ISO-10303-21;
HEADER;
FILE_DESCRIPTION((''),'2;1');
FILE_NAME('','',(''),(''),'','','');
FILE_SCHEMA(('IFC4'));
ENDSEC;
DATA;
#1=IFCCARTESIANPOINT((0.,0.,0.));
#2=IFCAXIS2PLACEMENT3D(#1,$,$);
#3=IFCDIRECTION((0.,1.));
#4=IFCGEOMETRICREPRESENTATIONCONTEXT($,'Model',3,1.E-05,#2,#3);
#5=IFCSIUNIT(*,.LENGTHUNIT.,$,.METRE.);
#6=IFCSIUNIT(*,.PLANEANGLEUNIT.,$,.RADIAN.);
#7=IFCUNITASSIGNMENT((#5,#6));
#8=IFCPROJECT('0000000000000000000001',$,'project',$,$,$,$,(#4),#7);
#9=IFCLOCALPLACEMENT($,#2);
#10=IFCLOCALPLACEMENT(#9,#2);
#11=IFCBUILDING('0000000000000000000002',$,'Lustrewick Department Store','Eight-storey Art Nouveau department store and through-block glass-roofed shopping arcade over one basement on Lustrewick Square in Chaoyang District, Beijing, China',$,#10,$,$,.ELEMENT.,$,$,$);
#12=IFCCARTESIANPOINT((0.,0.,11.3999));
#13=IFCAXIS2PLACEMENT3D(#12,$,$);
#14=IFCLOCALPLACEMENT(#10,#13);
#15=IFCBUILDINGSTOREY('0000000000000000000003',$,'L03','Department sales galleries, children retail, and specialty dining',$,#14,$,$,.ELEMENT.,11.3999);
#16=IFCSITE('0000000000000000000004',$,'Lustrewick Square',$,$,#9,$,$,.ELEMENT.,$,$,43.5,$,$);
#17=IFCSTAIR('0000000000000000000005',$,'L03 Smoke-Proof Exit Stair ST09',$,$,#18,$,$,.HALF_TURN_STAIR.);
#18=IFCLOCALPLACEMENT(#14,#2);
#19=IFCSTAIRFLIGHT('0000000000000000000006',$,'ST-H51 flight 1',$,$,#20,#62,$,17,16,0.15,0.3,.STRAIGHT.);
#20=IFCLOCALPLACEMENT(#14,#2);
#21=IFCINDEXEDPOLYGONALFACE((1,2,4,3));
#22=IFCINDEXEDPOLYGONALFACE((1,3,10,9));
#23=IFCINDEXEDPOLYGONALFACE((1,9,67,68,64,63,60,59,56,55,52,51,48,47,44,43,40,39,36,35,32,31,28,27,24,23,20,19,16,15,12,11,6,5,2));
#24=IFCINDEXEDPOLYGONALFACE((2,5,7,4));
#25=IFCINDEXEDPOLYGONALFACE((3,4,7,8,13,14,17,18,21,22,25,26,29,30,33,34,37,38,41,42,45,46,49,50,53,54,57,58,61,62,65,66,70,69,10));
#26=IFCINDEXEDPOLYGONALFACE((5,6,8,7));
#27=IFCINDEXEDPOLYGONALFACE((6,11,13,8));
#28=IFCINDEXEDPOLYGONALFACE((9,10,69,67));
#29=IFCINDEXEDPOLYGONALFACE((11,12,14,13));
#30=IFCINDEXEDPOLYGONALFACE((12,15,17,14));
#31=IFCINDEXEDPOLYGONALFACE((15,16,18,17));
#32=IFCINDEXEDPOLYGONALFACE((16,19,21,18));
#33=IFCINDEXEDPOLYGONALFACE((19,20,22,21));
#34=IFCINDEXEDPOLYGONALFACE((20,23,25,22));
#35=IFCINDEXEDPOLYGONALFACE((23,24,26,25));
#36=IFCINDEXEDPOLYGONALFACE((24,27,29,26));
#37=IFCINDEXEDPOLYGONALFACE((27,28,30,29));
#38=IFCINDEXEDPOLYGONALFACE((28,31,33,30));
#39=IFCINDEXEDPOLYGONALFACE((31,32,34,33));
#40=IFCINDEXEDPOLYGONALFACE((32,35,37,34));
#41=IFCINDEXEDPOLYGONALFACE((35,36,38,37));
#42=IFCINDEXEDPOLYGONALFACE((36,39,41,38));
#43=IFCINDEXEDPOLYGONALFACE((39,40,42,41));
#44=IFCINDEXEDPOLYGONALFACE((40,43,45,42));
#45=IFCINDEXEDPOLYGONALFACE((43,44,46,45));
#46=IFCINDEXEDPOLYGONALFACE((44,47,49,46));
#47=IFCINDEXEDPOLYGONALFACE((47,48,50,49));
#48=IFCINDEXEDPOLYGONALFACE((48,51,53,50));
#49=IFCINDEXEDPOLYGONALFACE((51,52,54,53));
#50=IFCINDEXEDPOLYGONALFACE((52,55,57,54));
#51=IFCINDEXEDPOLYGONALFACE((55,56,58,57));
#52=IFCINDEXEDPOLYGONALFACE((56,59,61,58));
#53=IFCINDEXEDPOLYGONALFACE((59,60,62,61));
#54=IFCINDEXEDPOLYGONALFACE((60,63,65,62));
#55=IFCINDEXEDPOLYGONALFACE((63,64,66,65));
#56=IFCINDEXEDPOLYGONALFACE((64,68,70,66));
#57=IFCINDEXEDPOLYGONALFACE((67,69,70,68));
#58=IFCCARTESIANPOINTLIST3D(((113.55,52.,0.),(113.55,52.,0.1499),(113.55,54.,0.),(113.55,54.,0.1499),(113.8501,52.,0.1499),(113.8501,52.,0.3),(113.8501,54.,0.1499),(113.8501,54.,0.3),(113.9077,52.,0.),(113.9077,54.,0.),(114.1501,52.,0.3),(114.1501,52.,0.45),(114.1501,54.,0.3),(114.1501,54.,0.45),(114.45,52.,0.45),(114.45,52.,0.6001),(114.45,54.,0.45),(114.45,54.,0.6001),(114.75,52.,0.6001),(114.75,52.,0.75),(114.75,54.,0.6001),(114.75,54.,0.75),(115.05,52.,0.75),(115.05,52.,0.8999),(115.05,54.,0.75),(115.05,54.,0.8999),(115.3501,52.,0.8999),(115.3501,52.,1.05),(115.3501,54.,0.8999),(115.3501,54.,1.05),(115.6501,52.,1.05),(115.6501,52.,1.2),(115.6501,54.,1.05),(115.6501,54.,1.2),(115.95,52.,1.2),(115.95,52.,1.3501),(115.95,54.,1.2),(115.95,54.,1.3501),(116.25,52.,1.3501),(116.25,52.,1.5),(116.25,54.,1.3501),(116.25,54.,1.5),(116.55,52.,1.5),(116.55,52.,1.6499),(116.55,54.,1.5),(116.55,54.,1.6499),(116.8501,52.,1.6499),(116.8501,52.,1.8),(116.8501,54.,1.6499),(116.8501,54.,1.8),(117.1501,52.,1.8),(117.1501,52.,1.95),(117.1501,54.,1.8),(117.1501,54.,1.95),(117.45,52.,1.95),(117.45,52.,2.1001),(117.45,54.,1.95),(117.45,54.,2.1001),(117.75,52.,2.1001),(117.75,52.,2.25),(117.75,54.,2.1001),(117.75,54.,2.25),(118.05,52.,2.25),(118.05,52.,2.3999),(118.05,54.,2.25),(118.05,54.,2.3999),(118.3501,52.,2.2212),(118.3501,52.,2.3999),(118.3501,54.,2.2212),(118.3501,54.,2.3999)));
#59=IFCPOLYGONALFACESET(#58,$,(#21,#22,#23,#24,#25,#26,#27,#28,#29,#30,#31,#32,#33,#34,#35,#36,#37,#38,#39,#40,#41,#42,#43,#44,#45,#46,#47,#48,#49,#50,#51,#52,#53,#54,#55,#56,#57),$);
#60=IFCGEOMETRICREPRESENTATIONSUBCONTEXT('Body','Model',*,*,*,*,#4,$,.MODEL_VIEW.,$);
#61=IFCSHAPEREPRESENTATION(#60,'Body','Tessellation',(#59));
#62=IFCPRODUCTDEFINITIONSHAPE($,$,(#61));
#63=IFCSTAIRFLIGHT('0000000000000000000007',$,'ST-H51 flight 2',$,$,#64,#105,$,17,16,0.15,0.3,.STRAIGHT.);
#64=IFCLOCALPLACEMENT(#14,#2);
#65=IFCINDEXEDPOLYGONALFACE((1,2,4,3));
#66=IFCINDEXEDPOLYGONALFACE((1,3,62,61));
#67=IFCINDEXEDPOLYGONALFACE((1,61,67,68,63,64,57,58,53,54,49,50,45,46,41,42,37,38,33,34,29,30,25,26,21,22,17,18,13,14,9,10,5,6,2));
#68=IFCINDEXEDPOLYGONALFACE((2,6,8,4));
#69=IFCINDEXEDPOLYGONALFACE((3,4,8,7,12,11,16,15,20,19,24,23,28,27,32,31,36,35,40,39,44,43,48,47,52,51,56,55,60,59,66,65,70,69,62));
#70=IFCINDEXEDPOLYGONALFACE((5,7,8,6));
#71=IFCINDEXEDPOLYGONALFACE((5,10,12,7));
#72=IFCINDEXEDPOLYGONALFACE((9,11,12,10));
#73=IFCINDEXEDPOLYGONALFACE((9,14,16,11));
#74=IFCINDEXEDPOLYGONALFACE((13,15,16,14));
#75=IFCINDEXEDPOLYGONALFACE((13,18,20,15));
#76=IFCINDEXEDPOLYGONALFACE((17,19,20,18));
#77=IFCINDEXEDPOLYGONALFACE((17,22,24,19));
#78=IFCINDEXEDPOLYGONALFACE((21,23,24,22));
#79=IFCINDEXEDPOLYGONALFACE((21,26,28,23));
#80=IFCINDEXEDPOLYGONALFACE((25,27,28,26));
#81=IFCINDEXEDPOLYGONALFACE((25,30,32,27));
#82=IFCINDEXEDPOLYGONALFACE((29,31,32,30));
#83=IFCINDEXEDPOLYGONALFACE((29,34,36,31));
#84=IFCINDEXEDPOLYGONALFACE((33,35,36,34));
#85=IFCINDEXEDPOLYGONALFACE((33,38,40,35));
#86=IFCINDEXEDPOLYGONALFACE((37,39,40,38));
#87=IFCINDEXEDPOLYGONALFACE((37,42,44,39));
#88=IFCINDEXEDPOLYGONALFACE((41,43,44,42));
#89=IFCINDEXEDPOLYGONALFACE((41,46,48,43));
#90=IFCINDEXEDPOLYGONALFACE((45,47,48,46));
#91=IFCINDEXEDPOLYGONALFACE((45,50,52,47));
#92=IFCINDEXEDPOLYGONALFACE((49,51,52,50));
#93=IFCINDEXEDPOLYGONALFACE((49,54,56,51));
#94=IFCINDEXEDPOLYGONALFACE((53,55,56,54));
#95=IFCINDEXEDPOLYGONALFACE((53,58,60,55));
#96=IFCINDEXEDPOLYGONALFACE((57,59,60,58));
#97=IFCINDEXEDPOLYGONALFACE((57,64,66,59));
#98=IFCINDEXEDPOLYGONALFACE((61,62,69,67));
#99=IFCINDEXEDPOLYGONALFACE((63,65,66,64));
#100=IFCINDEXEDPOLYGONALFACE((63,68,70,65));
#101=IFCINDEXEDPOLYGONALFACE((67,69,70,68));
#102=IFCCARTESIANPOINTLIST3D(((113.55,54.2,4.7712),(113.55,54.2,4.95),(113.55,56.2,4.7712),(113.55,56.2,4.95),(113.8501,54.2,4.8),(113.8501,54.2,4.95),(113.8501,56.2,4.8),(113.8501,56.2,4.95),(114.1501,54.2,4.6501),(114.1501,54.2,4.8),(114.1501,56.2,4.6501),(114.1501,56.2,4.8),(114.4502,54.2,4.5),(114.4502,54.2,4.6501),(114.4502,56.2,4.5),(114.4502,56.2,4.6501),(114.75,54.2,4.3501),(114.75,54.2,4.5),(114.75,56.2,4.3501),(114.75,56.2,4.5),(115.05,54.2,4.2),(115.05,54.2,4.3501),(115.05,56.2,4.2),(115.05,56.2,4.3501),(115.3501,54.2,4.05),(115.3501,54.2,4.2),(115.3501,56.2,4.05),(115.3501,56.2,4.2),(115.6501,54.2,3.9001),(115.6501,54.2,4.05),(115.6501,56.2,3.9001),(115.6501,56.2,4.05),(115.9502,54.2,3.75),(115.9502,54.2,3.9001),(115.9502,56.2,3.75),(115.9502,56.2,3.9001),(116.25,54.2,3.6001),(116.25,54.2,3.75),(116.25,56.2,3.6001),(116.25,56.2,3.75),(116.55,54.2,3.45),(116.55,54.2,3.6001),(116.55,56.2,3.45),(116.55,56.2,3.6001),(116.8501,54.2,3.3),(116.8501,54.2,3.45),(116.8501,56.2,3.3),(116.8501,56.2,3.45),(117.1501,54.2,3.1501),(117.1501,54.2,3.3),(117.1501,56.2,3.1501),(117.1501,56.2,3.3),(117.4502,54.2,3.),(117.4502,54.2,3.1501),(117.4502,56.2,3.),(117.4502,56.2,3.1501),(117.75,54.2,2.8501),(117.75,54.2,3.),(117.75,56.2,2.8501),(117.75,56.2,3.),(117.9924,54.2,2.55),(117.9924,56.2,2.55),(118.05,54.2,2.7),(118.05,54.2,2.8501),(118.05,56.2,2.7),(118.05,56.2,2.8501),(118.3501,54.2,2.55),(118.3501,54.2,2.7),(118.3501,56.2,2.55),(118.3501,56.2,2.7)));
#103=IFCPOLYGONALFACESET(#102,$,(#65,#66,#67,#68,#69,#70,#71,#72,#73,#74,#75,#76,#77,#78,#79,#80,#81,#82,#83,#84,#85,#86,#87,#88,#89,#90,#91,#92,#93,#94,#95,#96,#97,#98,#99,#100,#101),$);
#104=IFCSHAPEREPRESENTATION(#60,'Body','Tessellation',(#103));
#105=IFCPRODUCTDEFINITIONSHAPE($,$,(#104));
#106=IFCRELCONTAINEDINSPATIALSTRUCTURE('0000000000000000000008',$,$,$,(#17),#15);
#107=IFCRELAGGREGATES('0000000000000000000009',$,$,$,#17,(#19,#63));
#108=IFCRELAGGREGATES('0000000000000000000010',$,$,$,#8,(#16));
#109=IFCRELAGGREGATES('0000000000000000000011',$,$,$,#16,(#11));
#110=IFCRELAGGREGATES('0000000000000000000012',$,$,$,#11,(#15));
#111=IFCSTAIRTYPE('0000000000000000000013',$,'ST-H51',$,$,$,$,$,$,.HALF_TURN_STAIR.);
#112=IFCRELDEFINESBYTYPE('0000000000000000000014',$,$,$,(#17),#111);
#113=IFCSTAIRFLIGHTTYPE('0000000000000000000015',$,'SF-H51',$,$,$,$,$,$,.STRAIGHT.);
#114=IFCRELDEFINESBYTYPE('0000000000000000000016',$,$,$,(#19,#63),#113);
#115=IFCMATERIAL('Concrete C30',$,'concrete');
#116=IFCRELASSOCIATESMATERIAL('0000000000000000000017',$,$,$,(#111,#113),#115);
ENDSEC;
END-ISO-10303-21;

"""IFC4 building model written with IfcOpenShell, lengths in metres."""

from ifc_helpers import new_model, si_unit, direction, frame, origin, place, context, subcontext, project, spatial, polyline, outline, extrude, material, type_object, element, aggregate, save


model = new_model("IFC4")

# Units and contexts
model_context = context("Model", 3, precision=1e-05, world=origin(), true_north=direction((0.0, 1.0)))
body_context = subcontext(model_context, "Body", "Model", "MODEL_VIEW")
ifc_project = project(units=[si_unit("LENGTHUNIT", "METRE"), si_unit("PLANEANGLEUNIT", "RADIAN")], contexts=[model_context])

# Site, building, storey
site_placement = place(None, origin())
site = spatial("IfcSite", under=ifc_project, at=site_placement, Name="Lustrewick Square", CompositionType="ELEMENT", RefElevation=43.5)
building_placement = place(site_placement, origin())
building = spatial("IfcBuilding", under=site, at=building_placement, Name="Lustrewick Department Store", Description="Eight-storey Art Nouveau department store and through-block glass-roofed shopping arcade over one basement on Lustrewick Square in Chaoyang District, Beijing, China", CompositionType="ELEMENT")
storey_placement = place(building_placement, frame((0.0, 0.0, 11.3999)))
storey = spatial("IfcBuildingStorey", under=building, at=storey_placement, Name="L03", Description="Department sales galleries, children retail, and specialty dining", CompositionType="ELEMENT", Elevation=11.3999)

# Stair, stair flights
ifc_material_1 = material(Name="Concrete C30", Category="concrete")
stair_type = type_object("IfcStairType", Name="ST-H51", PredefinedType="HALF_TURN_STAIR", material=ifc_material_1)
stair_placement = place(storey_placement, origin())
stair = element("IfcStair", 1, at=stair_placement, inside=storey, type_object=stair_type, Name="L03 Smoke-Proof Exit Stair ST09", PredefinedType="HALF_TURN_STAIR")
stair_flight_type = type_object("IfcStairFlightType", Name="SF-H51", PredefinedType="STRAIGHT", material=ifc_material_1)
stair_flight_1_placement = place(storey_placement, frame((113.55, 53.0, 0.0), z_axis=(0.0, 0.0, 1.0), x_axis=(1.0, 0.0, 0.0)))
stair_flight_1 = element("IfcStairFlight", 2, at=stair_flight_1_placement, type_object=stair_flight_type, Name="ST-H51 flight 1", NumberOfRisers=17, NumberOfTreads=16, PredefinedType="STRAIGHT", RiserHeight=0.15, TreadLength=0.3, context=body_context, shape_type="SweptSolid", body=[
    extrude(outline(polyline([(0.0, 0.0), (0.0, 0.1499), (0.3, 0.1499), (0.3, 0.3), (0.6001, 0.3), (0.6001, 0.45), (0.8999, 0.45), (0.8999, 0.6001), (1.2, 0.6001), (1.2, 0.75), (1.5, 0.75), (1.5, 0.8999), (1.8, 0.8999), (1.8, 1.05), (2.1001, 1.05), (2.1001, 1.2), (2.3999, 1.2), (2.3999, 1.3501), (2.7, 1.3501), (2.7, 1.5), (3.0, 1.5), (3.0, 1.6499), (3.3, 1.6499), (3.3, 1.8), (3.6001, 1.8), (3.6001, 1.95), (3.8999, 1.95), (3.8999, 2.1001), (4.2, 2.1001), (4.2, 2.25), (4.5, 2.25), (4.5, 2.3999), (4.8, 2.3999), (4.8, 2.55), (4.8, 2.2212), (0.3577, 0.0), (0.0, 0.0)])), frame((0.0, 1.0, 0.0), z_axis=(0.0, -1.0, 0.0), x_axis=(1.0, 0.0, 0.0)), (0.0, 0.0, 1.0), 2.0),
])
stair_flight_2_placement = place(storey_placement, frame((118.3501, 55.2, 2.55), z_axis=(0.0, 0.0, 1.0), x_axis=(-1.0, 0.0, 0.0)))
stair_flight_2 = element("IfcStairFlight", 3, at=stair_flight_2_placement, type_object=stair_flight_type, Name="ST-H51 flight 2", NumberOfRisers=17, NumberOfTreads=16, PredefinedType="STRAIGHT", RiserHeight=0.15, TreadLength=0.3, context=body_context, shape_type="SweptSolid", body=[
    extrude(outline(polyline([(0.0, 0.0), (0.0, 0.1499), (0.3, 0.1499), (0.3, 0.3), (0.6001, 0.3), (0.6001, 0.45), (0.8999, 0.45), (0.8999, 0.6001), (1.2, 0.6001), (1.2, 0.75), (1.5, 0.75), (1.5, 0.8999), (1.8, 0.8999), (1.8, 1.05), (2.1001, 1.05), (2.1001, 1.2), (2.3999, 1.2), (2.3999, 1.3501), (2.7, 1.3501), (2.7, 1.5), (3.0, 1.5), (3.0, 1.6499), (3.3, 1.6499), (3.3, 1.8), (3.6001, 1.8), (3.6001, 1.95), (3.8999, 1.95), (3.8999, 2.1001), (4.2, 2.1001), (4.2, 2.25), (4.5, 2.25), (4.5, 2.3999), (4.8, 2.3999), (4.8, 2.55), (4.8, 2.2212), (0.3577, 0.0), (0.0, 0.0)])), frame((0.0, 1.0, 0.0), z_axis=(0.0, -1.0, 0.0), x_axis=(1.0, 0.0, 0.0)), (0.0, 0.0, 1.0), 2.0),
])
aggregate(stair, [stair_flight_1, stair_flight_2])

save(model, "model.ifc")
